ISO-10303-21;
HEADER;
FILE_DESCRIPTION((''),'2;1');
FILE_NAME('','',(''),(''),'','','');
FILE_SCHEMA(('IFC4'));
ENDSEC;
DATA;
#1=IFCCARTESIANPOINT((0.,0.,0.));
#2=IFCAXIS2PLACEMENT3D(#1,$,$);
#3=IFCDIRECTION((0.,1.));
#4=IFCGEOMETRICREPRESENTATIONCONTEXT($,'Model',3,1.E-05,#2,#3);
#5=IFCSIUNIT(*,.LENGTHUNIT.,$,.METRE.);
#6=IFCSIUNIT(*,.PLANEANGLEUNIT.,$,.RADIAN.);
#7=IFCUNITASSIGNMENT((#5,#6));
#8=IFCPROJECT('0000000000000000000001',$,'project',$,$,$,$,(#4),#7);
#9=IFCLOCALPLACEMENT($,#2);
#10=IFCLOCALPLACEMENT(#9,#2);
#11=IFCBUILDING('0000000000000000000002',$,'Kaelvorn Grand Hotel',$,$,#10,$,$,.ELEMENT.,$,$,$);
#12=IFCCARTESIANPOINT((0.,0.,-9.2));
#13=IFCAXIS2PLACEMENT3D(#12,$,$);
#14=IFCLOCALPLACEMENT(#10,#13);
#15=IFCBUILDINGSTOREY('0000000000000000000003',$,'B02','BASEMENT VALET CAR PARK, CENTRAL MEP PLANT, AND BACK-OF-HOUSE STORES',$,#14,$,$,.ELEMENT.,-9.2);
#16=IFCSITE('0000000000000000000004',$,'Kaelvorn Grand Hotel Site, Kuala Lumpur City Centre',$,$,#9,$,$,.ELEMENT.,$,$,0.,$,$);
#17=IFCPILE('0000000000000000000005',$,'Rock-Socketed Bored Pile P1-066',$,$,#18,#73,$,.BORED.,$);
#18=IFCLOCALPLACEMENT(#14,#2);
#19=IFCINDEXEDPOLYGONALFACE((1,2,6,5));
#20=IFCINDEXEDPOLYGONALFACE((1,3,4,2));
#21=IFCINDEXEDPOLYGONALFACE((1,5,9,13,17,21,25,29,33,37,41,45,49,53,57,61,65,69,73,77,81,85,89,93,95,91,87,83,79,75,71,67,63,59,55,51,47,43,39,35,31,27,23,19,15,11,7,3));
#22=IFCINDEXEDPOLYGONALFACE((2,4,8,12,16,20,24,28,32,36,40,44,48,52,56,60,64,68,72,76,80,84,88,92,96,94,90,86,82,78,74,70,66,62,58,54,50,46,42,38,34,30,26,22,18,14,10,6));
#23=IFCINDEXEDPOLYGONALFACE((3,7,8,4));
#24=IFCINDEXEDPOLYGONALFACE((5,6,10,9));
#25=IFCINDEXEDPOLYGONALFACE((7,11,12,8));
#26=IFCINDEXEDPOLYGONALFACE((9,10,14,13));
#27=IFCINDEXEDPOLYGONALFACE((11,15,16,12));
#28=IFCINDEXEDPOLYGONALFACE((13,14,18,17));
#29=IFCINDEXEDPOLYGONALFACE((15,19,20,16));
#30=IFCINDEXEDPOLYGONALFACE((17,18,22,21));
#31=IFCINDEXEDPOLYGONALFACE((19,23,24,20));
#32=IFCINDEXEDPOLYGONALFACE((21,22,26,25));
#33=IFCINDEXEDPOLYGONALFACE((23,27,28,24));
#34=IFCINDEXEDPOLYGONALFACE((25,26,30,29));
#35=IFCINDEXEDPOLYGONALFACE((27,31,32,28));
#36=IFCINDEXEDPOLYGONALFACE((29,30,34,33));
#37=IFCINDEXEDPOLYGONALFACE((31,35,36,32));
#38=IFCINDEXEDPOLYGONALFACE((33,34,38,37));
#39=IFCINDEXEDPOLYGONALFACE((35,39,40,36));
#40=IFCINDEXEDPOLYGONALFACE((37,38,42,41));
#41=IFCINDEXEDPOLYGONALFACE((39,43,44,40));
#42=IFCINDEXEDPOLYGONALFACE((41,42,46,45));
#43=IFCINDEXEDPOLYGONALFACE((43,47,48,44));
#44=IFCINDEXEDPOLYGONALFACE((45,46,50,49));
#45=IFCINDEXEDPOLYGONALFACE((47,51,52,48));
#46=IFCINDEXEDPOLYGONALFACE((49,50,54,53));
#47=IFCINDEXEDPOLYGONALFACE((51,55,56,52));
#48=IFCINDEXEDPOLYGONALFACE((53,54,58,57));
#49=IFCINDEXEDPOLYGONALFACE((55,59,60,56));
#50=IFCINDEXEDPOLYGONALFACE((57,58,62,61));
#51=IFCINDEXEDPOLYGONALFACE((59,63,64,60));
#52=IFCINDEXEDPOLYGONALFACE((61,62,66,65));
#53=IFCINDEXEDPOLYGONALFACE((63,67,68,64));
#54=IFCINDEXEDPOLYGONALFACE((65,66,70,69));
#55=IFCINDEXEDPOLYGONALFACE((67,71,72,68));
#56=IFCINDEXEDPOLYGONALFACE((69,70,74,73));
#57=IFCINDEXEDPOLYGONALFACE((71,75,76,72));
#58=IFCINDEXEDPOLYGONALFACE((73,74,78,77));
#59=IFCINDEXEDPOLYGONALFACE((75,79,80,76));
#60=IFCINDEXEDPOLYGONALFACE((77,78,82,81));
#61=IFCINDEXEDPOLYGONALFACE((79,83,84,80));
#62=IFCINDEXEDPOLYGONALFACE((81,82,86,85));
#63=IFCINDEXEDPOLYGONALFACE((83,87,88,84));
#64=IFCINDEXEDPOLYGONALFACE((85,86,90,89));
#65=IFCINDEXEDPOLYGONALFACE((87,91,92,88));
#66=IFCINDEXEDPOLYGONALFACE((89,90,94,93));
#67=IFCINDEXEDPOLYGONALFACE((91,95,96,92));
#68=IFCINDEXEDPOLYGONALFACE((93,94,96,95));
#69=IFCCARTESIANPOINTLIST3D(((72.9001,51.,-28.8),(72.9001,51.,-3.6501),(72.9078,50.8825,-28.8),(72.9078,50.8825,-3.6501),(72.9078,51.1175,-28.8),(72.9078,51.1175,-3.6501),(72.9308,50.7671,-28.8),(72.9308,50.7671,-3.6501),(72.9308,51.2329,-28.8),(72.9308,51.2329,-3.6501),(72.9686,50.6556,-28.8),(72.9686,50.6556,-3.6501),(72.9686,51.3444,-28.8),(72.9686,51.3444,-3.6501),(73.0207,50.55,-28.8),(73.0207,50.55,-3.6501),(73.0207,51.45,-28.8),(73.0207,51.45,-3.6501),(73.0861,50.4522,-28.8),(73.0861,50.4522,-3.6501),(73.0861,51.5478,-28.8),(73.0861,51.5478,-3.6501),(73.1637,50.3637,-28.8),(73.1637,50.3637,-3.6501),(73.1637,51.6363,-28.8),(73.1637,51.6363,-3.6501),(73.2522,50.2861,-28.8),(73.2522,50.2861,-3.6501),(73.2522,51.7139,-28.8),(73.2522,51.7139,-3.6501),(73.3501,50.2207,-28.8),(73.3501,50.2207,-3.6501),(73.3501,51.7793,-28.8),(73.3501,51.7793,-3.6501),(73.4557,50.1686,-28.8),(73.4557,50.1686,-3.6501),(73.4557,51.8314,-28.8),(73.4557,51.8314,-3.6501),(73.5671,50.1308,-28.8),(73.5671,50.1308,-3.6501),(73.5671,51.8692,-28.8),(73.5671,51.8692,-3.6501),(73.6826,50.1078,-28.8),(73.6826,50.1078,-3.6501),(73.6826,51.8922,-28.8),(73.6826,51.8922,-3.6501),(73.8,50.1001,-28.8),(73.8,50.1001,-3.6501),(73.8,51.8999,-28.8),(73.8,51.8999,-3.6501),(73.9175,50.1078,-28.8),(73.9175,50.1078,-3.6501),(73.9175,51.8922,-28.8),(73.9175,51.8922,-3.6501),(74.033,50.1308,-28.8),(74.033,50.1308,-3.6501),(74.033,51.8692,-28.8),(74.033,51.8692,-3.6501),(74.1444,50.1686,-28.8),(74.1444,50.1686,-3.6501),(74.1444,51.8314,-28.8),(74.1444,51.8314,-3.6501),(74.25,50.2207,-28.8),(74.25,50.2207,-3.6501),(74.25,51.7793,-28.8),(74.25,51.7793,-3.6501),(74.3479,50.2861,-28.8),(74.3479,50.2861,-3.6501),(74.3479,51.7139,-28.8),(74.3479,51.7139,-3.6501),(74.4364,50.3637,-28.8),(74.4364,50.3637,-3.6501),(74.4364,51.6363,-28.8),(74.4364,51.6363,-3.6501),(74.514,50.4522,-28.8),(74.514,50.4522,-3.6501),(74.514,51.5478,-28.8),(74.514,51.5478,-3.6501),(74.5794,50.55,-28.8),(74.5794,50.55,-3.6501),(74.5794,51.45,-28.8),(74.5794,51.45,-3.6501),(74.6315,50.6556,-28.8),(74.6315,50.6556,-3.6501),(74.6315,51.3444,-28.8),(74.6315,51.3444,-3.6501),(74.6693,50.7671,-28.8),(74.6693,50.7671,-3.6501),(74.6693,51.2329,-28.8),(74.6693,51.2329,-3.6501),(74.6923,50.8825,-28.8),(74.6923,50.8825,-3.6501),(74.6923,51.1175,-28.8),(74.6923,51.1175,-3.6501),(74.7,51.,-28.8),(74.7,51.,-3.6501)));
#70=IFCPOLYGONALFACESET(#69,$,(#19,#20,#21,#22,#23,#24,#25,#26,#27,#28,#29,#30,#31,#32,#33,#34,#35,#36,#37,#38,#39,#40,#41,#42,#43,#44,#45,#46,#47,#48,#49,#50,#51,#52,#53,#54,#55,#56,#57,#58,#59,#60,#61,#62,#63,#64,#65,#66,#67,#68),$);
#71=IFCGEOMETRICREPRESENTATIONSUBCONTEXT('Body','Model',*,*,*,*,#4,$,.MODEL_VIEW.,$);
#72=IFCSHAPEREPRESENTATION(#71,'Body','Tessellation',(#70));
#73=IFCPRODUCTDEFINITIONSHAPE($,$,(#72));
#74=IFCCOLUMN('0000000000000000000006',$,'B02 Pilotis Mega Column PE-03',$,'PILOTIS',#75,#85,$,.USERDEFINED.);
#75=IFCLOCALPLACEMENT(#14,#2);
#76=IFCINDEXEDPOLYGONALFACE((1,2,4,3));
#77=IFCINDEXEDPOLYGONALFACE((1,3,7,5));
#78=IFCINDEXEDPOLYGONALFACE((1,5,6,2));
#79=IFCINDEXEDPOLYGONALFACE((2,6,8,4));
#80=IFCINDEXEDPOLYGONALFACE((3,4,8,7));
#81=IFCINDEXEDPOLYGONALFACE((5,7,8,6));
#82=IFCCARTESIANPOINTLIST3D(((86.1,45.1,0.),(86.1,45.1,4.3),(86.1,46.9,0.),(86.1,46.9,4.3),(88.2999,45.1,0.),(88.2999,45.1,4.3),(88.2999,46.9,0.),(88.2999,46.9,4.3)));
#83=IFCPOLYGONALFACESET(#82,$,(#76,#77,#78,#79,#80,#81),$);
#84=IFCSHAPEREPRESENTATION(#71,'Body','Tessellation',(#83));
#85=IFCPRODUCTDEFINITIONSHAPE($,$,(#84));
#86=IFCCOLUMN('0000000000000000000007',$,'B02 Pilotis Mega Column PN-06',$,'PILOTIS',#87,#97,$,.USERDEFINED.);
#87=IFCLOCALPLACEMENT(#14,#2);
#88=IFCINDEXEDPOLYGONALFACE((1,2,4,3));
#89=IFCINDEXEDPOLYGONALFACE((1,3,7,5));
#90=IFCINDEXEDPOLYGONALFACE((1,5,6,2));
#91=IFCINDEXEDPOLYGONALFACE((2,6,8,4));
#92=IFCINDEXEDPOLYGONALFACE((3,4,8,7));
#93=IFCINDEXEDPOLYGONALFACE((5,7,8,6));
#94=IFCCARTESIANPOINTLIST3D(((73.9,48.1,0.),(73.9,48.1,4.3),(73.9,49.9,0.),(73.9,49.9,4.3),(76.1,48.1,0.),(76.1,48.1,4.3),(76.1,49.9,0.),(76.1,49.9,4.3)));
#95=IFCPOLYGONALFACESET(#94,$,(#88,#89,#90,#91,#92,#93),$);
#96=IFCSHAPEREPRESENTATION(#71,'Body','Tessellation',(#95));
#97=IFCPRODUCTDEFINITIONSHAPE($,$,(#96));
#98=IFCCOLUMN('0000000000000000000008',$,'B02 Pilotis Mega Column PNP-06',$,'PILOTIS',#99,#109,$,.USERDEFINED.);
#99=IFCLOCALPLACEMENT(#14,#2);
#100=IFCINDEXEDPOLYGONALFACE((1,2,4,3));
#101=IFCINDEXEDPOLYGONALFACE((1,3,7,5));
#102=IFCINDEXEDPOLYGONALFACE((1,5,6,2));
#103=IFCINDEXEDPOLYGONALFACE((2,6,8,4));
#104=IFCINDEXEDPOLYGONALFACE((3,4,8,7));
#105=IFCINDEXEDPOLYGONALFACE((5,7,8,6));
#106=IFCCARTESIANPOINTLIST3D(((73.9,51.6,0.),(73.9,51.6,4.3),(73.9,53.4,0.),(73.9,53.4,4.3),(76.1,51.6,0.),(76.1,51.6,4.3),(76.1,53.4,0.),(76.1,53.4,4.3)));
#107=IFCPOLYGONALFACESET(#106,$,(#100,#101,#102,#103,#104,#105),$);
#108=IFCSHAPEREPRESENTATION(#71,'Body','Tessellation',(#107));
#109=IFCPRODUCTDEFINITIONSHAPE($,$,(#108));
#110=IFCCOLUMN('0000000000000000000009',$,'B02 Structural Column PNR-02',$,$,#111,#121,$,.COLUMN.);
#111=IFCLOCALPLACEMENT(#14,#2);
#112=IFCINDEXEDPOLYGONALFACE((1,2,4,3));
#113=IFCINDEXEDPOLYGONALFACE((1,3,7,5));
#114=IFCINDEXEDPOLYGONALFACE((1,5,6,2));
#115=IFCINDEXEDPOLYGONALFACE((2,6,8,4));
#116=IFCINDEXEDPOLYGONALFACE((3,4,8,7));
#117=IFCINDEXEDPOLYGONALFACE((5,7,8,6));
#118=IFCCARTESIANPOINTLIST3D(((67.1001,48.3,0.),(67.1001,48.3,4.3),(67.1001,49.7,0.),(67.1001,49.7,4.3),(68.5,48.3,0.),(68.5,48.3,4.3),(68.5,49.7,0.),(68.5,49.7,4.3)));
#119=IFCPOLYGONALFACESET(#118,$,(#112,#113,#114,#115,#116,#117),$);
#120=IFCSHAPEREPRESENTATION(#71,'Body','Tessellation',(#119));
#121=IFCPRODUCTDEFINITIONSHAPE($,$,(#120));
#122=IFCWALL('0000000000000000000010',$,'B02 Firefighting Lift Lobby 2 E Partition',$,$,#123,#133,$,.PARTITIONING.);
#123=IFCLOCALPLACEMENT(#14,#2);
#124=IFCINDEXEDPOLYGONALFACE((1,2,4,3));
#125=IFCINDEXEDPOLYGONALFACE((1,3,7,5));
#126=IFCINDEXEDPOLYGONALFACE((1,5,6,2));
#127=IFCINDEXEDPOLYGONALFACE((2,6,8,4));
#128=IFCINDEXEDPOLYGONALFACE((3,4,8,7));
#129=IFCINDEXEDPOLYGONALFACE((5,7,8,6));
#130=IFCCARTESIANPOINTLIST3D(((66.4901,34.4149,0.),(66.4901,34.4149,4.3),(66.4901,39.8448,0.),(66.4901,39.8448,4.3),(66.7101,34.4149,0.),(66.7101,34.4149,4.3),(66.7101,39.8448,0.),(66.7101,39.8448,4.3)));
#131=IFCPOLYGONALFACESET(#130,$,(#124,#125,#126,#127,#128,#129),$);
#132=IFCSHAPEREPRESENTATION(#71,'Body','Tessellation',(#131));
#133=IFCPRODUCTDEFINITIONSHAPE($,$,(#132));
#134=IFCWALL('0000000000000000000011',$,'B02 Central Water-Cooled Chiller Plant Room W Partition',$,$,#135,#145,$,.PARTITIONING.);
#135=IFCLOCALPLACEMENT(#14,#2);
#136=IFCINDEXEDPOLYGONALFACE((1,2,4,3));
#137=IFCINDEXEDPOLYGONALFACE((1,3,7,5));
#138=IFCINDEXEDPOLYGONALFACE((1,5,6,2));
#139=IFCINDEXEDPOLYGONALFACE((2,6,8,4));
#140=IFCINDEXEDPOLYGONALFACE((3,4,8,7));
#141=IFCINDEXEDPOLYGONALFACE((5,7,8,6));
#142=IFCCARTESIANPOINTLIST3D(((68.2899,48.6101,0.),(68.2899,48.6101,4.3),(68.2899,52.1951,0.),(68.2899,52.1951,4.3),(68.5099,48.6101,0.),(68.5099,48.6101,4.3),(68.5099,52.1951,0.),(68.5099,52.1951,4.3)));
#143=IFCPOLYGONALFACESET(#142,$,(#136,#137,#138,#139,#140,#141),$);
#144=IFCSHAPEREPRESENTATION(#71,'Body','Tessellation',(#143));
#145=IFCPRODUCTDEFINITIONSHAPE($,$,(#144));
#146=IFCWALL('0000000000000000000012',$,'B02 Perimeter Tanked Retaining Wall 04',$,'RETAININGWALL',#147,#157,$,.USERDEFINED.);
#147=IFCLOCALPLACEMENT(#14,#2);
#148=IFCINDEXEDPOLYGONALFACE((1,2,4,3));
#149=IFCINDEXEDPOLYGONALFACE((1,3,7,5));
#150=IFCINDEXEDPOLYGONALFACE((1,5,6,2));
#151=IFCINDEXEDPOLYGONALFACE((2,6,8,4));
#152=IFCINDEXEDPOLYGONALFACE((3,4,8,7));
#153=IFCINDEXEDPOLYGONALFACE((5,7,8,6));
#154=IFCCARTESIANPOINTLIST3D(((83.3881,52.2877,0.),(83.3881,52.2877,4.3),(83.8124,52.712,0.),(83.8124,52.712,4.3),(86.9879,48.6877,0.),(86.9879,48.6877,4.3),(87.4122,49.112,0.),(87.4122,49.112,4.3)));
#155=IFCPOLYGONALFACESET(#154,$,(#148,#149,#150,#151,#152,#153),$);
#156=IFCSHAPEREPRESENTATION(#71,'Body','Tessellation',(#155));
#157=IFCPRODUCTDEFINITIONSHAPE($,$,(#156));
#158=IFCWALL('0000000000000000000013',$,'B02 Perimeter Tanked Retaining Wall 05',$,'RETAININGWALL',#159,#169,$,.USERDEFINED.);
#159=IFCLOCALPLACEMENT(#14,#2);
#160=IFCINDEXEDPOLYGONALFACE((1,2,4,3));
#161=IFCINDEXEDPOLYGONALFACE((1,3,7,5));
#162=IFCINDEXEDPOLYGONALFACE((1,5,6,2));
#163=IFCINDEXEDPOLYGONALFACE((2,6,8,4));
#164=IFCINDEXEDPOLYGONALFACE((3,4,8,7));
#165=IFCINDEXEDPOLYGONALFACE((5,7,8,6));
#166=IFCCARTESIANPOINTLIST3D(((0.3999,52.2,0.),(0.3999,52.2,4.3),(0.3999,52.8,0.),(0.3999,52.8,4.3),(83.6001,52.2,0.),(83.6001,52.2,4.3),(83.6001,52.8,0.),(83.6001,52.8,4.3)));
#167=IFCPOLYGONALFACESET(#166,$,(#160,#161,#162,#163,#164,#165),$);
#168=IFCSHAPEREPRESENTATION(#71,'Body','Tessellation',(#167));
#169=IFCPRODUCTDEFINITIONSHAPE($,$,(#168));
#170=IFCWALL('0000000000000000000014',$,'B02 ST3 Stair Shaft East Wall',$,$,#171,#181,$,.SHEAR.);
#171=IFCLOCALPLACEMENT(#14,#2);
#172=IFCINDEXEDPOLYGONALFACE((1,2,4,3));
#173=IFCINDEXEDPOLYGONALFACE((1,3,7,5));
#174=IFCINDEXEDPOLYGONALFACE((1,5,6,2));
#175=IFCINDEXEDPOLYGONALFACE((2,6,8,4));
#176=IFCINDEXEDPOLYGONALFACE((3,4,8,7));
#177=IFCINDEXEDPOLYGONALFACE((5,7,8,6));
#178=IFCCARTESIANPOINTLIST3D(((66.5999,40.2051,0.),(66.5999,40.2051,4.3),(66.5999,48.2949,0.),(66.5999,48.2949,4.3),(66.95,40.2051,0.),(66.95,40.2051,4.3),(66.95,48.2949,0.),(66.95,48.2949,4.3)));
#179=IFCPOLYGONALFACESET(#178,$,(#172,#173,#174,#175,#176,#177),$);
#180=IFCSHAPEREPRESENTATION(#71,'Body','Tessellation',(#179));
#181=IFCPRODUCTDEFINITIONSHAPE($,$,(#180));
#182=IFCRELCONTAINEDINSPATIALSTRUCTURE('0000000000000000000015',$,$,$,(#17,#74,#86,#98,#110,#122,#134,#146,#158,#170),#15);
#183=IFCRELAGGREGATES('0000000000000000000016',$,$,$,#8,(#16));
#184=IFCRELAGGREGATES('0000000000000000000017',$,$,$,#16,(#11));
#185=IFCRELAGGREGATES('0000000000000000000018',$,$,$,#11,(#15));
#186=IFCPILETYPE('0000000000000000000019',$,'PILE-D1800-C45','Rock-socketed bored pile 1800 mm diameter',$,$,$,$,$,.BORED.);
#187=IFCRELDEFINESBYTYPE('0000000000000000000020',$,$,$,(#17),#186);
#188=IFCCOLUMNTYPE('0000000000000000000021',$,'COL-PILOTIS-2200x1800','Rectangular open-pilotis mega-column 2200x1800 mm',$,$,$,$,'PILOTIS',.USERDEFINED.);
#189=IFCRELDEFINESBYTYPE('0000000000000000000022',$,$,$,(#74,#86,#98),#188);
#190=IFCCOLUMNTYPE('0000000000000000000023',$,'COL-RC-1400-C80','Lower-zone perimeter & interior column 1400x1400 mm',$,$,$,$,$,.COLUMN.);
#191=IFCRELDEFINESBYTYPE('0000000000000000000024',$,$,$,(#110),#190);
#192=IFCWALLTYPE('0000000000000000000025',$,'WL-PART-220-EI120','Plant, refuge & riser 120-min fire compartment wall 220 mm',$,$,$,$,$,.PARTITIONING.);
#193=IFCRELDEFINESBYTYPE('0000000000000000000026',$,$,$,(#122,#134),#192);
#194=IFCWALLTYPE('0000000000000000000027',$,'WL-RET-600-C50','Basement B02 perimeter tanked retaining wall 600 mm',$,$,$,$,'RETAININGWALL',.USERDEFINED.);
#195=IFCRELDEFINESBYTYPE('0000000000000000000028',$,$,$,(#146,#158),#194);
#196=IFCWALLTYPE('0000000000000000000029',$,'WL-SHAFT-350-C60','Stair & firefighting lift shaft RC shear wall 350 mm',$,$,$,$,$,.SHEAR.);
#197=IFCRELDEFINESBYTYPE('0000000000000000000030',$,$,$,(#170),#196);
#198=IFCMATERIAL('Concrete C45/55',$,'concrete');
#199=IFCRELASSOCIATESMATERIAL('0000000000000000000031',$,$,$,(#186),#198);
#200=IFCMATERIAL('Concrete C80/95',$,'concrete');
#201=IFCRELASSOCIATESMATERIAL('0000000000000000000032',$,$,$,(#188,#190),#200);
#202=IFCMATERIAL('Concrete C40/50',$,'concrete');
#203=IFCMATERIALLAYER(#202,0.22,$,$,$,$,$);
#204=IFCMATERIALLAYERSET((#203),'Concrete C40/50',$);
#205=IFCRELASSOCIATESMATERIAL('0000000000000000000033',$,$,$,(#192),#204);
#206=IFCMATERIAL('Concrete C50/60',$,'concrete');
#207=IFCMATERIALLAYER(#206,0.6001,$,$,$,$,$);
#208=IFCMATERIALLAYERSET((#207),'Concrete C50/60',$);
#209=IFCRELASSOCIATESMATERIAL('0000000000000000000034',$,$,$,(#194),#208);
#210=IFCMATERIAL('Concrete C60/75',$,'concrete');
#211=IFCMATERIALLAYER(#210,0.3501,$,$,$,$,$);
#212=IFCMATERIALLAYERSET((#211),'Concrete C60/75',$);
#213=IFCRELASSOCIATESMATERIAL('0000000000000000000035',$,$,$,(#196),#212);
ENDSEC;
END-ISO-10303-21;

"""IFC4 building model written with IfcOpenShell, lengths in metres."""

from ifc_helpers import new_model, si_unit, direction, frame, frame_2d, origin, origin_2d, place, context, subcontext, project, spatial, rectangle, circle, extrude, material, layer, layer_set, material_profile, profile_set, type_object, element, save


model = new_model("IFC4")

# Units and contexts
model_context = context("Model", 3, precision=1e-05, world=origin(), true_north=direction((0.0, 1.0)))
body_context = subcontext(model_context, "Body", "Model", "MODEL_VIEW")
ifc_project = project(units=[si_unit("LENGTHUNIT", "METRE"), si_unit("PLANEANGLEUNIT", "RADIAN")], contexts=[model_context])

# Site, building, storey
site_placement = place(None, origin())
site = spatial("IfcSite", under=ifc_project, at=site_placement, Name="Kaelvorn Grand Hotel Site, Kuala Lumpur City Centre", CompositionType="ELEMENT", RefElevation=0.0)
building_placement = place(site_placement, origin())
building = spatial("IfcBuilding", under=site, at=building_placement, Name="Kaelvorn Grand Hotel", CompositionType="ELEMENT")
storey_placement = place(building_placement, frame((0.0, 0.0, -9.2)))
storey = spatial("IfcBuildingStorey", under=building, at=storey_placement, Name="B02", Description="BASEMENT VALET CAR PARK, CENTRAL MEP PLANT, AND BACK-OF-HOUSE STORES", CompositionType="ELEMENT", Elevation=-9.2)

# Shared definitions
ifc_material_1 = material(Name="Concrete C50/60", Category="concrete")

# Pile
ifc_material_2 = material(Name="Concrete C45/55", Category="concrete")
ifc_material_profile_1 = material_profile(ifc_material_2, circle(Radius=0.8999, at=origin_2d()), Name="BORED PILE D1800")
ifc_profile_set_1 = profile_set([ifc_material_profile_1], Name="Concrete C45/55")
pile_type_1 = type_object("IfcPileType", Name="PILE-D1800-C45", Description="Rock-socketed bored pile 1800 mm diameter", PredefinedType="BORED", material=ifc_profile_set_1)
for number, where, z_axis, x_axis, name in (
    (1, (73.8, 51.0, -3.6501), (0.0, 0.0, -1.0), (1.0, 0.0, 0.0), "Rock-Socketed Bored Pile P1-066"),
):
    element("IfcPile", number, at=place(storey_placement, frame(where, z_axis=z_axis, x_axis=x_axis)), inside=storey, type_object=pile_type_1, Name=name, PredefinedType="BORED", context=body_context, shape_type="SweptSolid", body=[
        extrude(circle(Radius=0.8999, at=origin_2d()), origin(), (0.0, 0.0, 1.0), 25.1499),
    ])

# Columns
ifc_material_3 = material(Name="Concrete C80/95", Category="concrete")
ifc_material_profile_2 = material_profile(ifc_material_3, rectangle(XDim=2.2, YDim=1.8, at=origin_2d()), Name="PILOTIS 2200x1800")
ifc_profile_set_2 = profile_set([ifc_material_profile_2], Name="Concrete C80/95")
column_type_1 = type_object("IfcColumnType", Name="COL-PILOTIS-2200x1800", Description="Rectangular open-pilotis mega-column 2200x1800 mm", ElementType="PILOTIS", PredefinedType="USERDEFINED", material=ifc_profile_set_2)
for number, where, z_axis, x_axis, name in (
    (2, (87.2, 46.0, 0.0), (0.0, 0.0, 1.0), (1.0, 0.0, 0.0), "B02 Pilotis Mega Column PE-03"),
    (3, (75.0, 49.0, 0.0), (0.0, 0.0, 1.0), (1.0, 0.0, 0.0), "B02 Pilotis Mega Column PN-06"),
    (4, (75.0, 52.5, 0.0), (0.0, 0.0, 1.0), (1.0, 0.0, 0.0), "B02 Pilotis Mega Column PNP-06"),
):
    element("IfcColumn", number, at=place(storey_placement, frame(where, z_axis=z_axis, x_axis=x_axis)), inside=storey, type_object=column_type_1, Name=name, ObjectType="PILOTIS", PredefinedType="USERDEFINED", context=body_context, shape_type="SweptSolid", body=[
        extrude(rectangle(XDim=2.2, YDim=1.8, at=origin_2d()), origin(), (0.0, 0.0, 1.0), 4.3),
    ])
ifc_material_profile_3 = material_profile(ifc_material_3, rectangle(XDim=1.3999, YDim=1.3999, at=origin_2d()), Name="RC COL 1400x1400")
ifc_profile_set_3 = profile_set([ifc_material_profile_3], Name="Concrete C80/95")
column_type_2 = type_object("IfcColumnType", Name="COL-RC-1400-C80", Description="Lower-zone perimeter & interior column 1400x1400 mm", PredefinedType="COLUMN", material=ifc_profile_set_3)
column_placement = place(storey_placement, frame((67.8, 49.0, 0.0), z_axis=(0.0, 0.0, 1.0), x_axis=(1.0, 0.0, 0.0)))
element("IfcColumn", 5, at=column_placement, inside=storey, type_object=column_type_2, Name="B02 Structural Column PNR-02", PredefinedType="COLUMN", context=body_context, shape_type="SweptSolid", body=[
    extrude(rectangle(XDim=1.3999, YDim=1.3999, at=origin_2d()), origin(), (0.0, 0.0, 1.0), 4.3),
])

# Walls
ifc_material_4 = material(Name="Concrete C40/50", Category="concrete")
ifc_layer_1 = layer(ifc_material_4, 0.22)
ifc_layer_set_1 = layer_set([ifc_layer_1], Name="Concrete C40/50")
wall_type_1 = type_object("IfcWallType", Name="WL-PART-220-EI120", Description="Plant, refuge & riser 120-min fire compartment wall 220 mm", PredefinedType="PARTITIONING", material=ifc_layer_set_1)
wall_1_placement = place(storey_placement, frame((66.6001, 34.415, 0.0), z_axis=(0.0, 0.0, 1.0), x_axis=(0.0, 1.0, 0.0)))
element("IfcWall", 6, at=wall_1_placement, inside=storey, type_object=wall_type_1, Name="B02 Firefighting Lift Lobby 2 E Partition", PredefinedType="PARTITIONING", context=body_context, shape_type="SweptSolid", body=[
    extrude(rectangle(XDim=5.4299, YDim=0.22, at=frame_2d((2.7148, 0.0))), origin(), (0.0, 0.0, 1.0), 4.3),
])
wall_2_placement = place(storey_placement, frame((68.3999, 48.6101, 0.0), z_axis=(0.0, 0.0, 1.0), x_axis=(0.0, 1.0, 0.0)))
element("IfcWall", 7, at=wall_2_placement, inside=storey, type_object=wall_type_1, Name="B02 Central Water-Cooled Chiller Plant Room W Partition", PredefinedType="PARTITIONING", context=body_context, shape_type="SweptSolid", body=[
    extrude(rectangle(XDim=3.585, YDim=0.22, at=frame_2d((1.7925, 0.0))), origin(), (0.0, 0.0, 1.0), 4.3),
])
ifc_layer_2 = layer(ifc_material_1, 0.6001)
ifc_layer_set_2 = layer_set([ifc_layer_2], Name="Concrete C50/60")
wall_type_2 = type_object("IfcWallType", Name="WL-RET-600-C50", Description="Basement B02 perimeter tanked retaining wall 600 mm", ElementType="RETAININGWALL", PredefinedType="USERDEFINED", material=ifc_layer_set_2)
wall_3_placement = place(storey_placement, frame((87.2, 48.8999, 0.0), z_axis=(0.0, 0.0, 1.0), x_axis=(-0.707083, 0.707131, 0.0)))
element("IfcWall", 8, at=wall_3_placement, inside=storey, type_object=wall_type_2, Name="B02 Perimeter Tanked Retaining Wall 04", ObjectType="RETAININGWALL", PredefinedType="USERDEFINED", context=body_context, shape_type="SweptSolid", body=[
    extrude(rectangle(XDim=5.0911, YDim=0.6001, at=frame_2d((2.5454, 0.0))), origin(), (0.0, 0.0, 1.0), 4.3),
])
wall_4_placement = place(storey_placement, frame((83.6001, 52.5, 0.0), z_axis=(0.0, 0.0, 1.0), x_axis=(-1.0, 0.0, 0.0)))
element("IfcWall", 9, at=wall_4_placement, inside=storey, type_object=wall_type_2, Name="B02 Perimeter Tanked Retaining Wall 05", ObjectType="RETAININGWALL", PredefinedType="USERDEFINED", context=body_context, shape_type="SweptSolid", body=[
    extrude(rectangle(XDim=83.2002, YDim=0.6001, at=frame_2d((41.6001, 0.0))), origin(), (0.0, 0.0, 1.0), 4.3),
])
ifc_material_5 = material(Name="Concrete C60/75", Category="concrete")
ifc_layer_3 = layer(ifc_material_5, 0.3501)
ifc_layer_set_3 = layer_set([ifc_layer_3], Name="Concrete C60/75")
wall_type_3 = type_object("IfcWallType", Name="WL-SHAFT-350-C60", Description="Stair & firefighting lift shaft RC shear wall 350 mm", PredefinedType="SHEAR", material=ifc_layer_set_3)
wall_5_placement = place(storey_placement, frame((66.7749, 40.2051, 0.0), z_axis=(0.0, 0.0, 1.0), x_axis=(0.0, 1.0, 0.0)))
element("IfcWall", 10, at=wall_5_placement, inside=storey, type_object=wall_type_3, Name="B02 ST3 Stair Shaft East Wall", PredefinedType="SHEAR", context=body_context, shape_type="SweptSolid", body=[
    extrude(rectangle(XDim=8.0898, YDim=0.3501, at=frame_2d((4.0449, 0.0))), origin(), (0.0, 0.0, 1.0), 4.3),
])

save(model, "model.ifc")
